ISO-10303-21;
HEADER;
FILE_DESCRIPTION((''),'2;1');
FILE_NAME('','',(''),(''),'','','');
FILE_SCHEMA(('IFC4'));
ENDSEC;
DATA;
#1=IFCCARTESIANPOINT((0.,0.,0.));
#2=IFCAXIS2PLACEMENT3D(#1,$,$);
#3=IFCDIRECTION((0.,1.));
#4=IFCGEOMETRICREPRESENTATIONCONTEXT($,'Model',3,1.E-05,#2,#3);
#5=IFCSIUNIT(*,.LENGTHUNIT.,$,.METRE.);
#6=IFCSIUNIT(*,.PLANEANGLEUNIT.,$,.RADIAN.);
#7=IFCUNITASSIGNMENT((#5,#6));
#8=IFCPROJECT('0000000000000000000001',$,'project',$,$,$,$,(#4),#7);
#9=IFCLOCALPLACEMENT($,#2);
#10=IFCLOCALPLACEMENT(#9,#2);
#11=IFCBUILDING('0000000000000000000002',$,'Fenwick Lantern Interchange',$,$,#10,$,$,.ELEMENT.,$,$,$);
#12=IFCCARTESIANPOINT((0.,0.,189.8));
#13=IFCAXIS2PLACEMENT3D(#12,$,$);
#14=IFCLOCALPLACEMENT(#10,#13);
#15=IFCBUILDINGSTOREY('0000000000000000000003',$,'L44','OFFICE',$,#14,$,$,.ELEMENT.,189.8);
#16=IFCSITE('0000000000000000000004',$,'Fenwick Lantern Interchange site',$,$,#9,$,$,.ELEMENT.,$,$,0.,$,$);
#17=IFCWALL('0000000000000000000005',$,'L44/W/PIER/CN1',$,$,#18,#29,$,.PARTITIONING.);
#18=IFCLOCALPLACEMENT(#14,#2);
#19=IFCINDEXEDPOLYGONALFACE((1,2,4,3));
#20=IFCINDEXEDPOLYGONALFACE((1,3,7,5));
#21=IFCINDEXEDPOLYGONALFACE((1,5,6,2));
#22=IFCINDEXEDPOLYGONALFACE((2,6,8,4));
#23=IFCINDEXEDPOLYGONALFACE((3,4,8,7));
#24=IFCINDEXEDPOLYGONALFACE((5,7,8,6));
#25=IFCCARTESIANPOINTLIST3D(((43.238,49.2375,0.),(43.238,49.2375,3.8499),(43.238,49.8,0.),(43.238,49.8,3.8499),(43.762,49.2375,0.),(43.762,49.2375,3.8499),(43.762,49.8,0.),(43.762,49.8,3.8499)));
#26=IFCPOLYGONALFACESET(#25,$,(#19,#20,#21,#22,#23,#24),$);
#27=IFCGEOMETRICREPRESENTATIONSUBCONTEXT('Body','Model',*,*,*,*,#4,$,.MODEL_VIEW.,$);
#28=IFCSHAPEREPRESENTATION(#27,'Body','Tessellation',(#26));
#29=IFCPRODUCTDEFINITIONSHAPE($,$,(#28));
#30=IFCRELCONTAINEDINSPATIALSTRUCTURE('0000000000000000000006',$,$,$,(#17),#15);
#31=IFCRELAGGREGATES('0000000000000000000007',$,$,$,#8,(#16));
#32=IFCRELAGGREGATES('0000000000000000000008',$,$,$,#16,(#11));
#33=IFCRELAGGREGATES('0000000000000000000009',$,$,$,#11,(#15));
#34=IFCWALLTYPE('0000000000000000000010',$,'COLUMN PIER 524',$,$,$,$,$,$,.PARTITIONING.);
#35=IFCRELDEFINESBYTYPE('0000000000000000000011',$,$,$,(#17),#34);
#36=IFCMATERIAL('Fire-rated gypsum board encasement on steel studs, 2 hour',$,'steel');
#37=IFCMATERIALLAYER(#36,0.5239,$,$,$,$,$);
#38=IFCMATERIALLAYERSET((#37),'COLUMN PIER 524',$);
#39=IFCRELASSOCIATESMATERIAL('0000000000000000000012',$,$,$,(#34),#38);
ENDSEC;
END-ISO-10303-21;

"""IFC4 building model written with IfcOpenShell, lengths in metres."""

from ifc_helpers import new_model, si_unit, direction, frame, frame_2d, origin, place, context, subcontext, project, spatial, rectangle, extrude, material, layer, layer_set, type_object, element, save


model = new_model("IFC4")

# Units and contexts
model_context = context("Model", 3, precision=1e-05, world=origin(), true_north=direction((0.0, 1.0)))
body_context = subcontext(model_context, "Body", "Model", "MODEL_VIEW")
ifc_project = project(units=[si_unit("LENGTHUNIT", "METRE"), si_unit("PLANEANGLEUNIT", "RADIAN")], contexts=[model_context])

# Site, building, storey
site_placement = place(None, origin())
site = spatial("IfcSite", under=ifc_project, at=site_placement, Name="Fenwick Lantern Interchange site", CompositionType="ELEMENT", RefElevation=0.0)
building_placement = place(site_placement, origin())
building = spatial("IfcBuilding", under=site, at=building_placement, Name="Fenwick Lantern Interchange", CompositionType="ELEMENT")
storey_placement = place(building_placement, frame((0.0, 0.0, 189.8)))
storey = spatial("IfcBuildingStorey", under=building, at=storey_placement, Name="L44", Description="OFFICE", CompositionType="ELEMENT", Elevation=189.8)

# Wall
ifc_material_1 = material(Name="Fire-rated gypsum board encasement on steel studs, 2 hour", Category="steel")
ifc_layer_1 = layer(ifc_material_1, 0.5239)
ifc_layer_set_1 = layer_set([ifc_layer_1], Name="COLUMN PIER 524")
wall_type = type_object("IfcWallType", Name="COLUMN PIER 524", PredefinedType="PARTITIONING", material=ifc_layer_set_1)
wall_placement = place(storey_placement, frame((43.5, 49.8, 0.0), z_axis=(0.0, 0.0, 1.0), x_axis=(0.0, -1.0, 0.0)))
element("IfcWall", 1, at=wall_placement, inside=storey, type_object=wall_type, Name="L44/W/PIER/CN1", PredefinedType="PARTITIONING", context=body_context, shape_type="SweptSolid", body=[
    extrude(rectangle(XDim=0.5625, YDim=0.5239, at=frame_2d((0.2812, 0.0))), origin(), (0.0, 0.0, 1.0), 3.8499),
])

save(model, "model.ifc")
